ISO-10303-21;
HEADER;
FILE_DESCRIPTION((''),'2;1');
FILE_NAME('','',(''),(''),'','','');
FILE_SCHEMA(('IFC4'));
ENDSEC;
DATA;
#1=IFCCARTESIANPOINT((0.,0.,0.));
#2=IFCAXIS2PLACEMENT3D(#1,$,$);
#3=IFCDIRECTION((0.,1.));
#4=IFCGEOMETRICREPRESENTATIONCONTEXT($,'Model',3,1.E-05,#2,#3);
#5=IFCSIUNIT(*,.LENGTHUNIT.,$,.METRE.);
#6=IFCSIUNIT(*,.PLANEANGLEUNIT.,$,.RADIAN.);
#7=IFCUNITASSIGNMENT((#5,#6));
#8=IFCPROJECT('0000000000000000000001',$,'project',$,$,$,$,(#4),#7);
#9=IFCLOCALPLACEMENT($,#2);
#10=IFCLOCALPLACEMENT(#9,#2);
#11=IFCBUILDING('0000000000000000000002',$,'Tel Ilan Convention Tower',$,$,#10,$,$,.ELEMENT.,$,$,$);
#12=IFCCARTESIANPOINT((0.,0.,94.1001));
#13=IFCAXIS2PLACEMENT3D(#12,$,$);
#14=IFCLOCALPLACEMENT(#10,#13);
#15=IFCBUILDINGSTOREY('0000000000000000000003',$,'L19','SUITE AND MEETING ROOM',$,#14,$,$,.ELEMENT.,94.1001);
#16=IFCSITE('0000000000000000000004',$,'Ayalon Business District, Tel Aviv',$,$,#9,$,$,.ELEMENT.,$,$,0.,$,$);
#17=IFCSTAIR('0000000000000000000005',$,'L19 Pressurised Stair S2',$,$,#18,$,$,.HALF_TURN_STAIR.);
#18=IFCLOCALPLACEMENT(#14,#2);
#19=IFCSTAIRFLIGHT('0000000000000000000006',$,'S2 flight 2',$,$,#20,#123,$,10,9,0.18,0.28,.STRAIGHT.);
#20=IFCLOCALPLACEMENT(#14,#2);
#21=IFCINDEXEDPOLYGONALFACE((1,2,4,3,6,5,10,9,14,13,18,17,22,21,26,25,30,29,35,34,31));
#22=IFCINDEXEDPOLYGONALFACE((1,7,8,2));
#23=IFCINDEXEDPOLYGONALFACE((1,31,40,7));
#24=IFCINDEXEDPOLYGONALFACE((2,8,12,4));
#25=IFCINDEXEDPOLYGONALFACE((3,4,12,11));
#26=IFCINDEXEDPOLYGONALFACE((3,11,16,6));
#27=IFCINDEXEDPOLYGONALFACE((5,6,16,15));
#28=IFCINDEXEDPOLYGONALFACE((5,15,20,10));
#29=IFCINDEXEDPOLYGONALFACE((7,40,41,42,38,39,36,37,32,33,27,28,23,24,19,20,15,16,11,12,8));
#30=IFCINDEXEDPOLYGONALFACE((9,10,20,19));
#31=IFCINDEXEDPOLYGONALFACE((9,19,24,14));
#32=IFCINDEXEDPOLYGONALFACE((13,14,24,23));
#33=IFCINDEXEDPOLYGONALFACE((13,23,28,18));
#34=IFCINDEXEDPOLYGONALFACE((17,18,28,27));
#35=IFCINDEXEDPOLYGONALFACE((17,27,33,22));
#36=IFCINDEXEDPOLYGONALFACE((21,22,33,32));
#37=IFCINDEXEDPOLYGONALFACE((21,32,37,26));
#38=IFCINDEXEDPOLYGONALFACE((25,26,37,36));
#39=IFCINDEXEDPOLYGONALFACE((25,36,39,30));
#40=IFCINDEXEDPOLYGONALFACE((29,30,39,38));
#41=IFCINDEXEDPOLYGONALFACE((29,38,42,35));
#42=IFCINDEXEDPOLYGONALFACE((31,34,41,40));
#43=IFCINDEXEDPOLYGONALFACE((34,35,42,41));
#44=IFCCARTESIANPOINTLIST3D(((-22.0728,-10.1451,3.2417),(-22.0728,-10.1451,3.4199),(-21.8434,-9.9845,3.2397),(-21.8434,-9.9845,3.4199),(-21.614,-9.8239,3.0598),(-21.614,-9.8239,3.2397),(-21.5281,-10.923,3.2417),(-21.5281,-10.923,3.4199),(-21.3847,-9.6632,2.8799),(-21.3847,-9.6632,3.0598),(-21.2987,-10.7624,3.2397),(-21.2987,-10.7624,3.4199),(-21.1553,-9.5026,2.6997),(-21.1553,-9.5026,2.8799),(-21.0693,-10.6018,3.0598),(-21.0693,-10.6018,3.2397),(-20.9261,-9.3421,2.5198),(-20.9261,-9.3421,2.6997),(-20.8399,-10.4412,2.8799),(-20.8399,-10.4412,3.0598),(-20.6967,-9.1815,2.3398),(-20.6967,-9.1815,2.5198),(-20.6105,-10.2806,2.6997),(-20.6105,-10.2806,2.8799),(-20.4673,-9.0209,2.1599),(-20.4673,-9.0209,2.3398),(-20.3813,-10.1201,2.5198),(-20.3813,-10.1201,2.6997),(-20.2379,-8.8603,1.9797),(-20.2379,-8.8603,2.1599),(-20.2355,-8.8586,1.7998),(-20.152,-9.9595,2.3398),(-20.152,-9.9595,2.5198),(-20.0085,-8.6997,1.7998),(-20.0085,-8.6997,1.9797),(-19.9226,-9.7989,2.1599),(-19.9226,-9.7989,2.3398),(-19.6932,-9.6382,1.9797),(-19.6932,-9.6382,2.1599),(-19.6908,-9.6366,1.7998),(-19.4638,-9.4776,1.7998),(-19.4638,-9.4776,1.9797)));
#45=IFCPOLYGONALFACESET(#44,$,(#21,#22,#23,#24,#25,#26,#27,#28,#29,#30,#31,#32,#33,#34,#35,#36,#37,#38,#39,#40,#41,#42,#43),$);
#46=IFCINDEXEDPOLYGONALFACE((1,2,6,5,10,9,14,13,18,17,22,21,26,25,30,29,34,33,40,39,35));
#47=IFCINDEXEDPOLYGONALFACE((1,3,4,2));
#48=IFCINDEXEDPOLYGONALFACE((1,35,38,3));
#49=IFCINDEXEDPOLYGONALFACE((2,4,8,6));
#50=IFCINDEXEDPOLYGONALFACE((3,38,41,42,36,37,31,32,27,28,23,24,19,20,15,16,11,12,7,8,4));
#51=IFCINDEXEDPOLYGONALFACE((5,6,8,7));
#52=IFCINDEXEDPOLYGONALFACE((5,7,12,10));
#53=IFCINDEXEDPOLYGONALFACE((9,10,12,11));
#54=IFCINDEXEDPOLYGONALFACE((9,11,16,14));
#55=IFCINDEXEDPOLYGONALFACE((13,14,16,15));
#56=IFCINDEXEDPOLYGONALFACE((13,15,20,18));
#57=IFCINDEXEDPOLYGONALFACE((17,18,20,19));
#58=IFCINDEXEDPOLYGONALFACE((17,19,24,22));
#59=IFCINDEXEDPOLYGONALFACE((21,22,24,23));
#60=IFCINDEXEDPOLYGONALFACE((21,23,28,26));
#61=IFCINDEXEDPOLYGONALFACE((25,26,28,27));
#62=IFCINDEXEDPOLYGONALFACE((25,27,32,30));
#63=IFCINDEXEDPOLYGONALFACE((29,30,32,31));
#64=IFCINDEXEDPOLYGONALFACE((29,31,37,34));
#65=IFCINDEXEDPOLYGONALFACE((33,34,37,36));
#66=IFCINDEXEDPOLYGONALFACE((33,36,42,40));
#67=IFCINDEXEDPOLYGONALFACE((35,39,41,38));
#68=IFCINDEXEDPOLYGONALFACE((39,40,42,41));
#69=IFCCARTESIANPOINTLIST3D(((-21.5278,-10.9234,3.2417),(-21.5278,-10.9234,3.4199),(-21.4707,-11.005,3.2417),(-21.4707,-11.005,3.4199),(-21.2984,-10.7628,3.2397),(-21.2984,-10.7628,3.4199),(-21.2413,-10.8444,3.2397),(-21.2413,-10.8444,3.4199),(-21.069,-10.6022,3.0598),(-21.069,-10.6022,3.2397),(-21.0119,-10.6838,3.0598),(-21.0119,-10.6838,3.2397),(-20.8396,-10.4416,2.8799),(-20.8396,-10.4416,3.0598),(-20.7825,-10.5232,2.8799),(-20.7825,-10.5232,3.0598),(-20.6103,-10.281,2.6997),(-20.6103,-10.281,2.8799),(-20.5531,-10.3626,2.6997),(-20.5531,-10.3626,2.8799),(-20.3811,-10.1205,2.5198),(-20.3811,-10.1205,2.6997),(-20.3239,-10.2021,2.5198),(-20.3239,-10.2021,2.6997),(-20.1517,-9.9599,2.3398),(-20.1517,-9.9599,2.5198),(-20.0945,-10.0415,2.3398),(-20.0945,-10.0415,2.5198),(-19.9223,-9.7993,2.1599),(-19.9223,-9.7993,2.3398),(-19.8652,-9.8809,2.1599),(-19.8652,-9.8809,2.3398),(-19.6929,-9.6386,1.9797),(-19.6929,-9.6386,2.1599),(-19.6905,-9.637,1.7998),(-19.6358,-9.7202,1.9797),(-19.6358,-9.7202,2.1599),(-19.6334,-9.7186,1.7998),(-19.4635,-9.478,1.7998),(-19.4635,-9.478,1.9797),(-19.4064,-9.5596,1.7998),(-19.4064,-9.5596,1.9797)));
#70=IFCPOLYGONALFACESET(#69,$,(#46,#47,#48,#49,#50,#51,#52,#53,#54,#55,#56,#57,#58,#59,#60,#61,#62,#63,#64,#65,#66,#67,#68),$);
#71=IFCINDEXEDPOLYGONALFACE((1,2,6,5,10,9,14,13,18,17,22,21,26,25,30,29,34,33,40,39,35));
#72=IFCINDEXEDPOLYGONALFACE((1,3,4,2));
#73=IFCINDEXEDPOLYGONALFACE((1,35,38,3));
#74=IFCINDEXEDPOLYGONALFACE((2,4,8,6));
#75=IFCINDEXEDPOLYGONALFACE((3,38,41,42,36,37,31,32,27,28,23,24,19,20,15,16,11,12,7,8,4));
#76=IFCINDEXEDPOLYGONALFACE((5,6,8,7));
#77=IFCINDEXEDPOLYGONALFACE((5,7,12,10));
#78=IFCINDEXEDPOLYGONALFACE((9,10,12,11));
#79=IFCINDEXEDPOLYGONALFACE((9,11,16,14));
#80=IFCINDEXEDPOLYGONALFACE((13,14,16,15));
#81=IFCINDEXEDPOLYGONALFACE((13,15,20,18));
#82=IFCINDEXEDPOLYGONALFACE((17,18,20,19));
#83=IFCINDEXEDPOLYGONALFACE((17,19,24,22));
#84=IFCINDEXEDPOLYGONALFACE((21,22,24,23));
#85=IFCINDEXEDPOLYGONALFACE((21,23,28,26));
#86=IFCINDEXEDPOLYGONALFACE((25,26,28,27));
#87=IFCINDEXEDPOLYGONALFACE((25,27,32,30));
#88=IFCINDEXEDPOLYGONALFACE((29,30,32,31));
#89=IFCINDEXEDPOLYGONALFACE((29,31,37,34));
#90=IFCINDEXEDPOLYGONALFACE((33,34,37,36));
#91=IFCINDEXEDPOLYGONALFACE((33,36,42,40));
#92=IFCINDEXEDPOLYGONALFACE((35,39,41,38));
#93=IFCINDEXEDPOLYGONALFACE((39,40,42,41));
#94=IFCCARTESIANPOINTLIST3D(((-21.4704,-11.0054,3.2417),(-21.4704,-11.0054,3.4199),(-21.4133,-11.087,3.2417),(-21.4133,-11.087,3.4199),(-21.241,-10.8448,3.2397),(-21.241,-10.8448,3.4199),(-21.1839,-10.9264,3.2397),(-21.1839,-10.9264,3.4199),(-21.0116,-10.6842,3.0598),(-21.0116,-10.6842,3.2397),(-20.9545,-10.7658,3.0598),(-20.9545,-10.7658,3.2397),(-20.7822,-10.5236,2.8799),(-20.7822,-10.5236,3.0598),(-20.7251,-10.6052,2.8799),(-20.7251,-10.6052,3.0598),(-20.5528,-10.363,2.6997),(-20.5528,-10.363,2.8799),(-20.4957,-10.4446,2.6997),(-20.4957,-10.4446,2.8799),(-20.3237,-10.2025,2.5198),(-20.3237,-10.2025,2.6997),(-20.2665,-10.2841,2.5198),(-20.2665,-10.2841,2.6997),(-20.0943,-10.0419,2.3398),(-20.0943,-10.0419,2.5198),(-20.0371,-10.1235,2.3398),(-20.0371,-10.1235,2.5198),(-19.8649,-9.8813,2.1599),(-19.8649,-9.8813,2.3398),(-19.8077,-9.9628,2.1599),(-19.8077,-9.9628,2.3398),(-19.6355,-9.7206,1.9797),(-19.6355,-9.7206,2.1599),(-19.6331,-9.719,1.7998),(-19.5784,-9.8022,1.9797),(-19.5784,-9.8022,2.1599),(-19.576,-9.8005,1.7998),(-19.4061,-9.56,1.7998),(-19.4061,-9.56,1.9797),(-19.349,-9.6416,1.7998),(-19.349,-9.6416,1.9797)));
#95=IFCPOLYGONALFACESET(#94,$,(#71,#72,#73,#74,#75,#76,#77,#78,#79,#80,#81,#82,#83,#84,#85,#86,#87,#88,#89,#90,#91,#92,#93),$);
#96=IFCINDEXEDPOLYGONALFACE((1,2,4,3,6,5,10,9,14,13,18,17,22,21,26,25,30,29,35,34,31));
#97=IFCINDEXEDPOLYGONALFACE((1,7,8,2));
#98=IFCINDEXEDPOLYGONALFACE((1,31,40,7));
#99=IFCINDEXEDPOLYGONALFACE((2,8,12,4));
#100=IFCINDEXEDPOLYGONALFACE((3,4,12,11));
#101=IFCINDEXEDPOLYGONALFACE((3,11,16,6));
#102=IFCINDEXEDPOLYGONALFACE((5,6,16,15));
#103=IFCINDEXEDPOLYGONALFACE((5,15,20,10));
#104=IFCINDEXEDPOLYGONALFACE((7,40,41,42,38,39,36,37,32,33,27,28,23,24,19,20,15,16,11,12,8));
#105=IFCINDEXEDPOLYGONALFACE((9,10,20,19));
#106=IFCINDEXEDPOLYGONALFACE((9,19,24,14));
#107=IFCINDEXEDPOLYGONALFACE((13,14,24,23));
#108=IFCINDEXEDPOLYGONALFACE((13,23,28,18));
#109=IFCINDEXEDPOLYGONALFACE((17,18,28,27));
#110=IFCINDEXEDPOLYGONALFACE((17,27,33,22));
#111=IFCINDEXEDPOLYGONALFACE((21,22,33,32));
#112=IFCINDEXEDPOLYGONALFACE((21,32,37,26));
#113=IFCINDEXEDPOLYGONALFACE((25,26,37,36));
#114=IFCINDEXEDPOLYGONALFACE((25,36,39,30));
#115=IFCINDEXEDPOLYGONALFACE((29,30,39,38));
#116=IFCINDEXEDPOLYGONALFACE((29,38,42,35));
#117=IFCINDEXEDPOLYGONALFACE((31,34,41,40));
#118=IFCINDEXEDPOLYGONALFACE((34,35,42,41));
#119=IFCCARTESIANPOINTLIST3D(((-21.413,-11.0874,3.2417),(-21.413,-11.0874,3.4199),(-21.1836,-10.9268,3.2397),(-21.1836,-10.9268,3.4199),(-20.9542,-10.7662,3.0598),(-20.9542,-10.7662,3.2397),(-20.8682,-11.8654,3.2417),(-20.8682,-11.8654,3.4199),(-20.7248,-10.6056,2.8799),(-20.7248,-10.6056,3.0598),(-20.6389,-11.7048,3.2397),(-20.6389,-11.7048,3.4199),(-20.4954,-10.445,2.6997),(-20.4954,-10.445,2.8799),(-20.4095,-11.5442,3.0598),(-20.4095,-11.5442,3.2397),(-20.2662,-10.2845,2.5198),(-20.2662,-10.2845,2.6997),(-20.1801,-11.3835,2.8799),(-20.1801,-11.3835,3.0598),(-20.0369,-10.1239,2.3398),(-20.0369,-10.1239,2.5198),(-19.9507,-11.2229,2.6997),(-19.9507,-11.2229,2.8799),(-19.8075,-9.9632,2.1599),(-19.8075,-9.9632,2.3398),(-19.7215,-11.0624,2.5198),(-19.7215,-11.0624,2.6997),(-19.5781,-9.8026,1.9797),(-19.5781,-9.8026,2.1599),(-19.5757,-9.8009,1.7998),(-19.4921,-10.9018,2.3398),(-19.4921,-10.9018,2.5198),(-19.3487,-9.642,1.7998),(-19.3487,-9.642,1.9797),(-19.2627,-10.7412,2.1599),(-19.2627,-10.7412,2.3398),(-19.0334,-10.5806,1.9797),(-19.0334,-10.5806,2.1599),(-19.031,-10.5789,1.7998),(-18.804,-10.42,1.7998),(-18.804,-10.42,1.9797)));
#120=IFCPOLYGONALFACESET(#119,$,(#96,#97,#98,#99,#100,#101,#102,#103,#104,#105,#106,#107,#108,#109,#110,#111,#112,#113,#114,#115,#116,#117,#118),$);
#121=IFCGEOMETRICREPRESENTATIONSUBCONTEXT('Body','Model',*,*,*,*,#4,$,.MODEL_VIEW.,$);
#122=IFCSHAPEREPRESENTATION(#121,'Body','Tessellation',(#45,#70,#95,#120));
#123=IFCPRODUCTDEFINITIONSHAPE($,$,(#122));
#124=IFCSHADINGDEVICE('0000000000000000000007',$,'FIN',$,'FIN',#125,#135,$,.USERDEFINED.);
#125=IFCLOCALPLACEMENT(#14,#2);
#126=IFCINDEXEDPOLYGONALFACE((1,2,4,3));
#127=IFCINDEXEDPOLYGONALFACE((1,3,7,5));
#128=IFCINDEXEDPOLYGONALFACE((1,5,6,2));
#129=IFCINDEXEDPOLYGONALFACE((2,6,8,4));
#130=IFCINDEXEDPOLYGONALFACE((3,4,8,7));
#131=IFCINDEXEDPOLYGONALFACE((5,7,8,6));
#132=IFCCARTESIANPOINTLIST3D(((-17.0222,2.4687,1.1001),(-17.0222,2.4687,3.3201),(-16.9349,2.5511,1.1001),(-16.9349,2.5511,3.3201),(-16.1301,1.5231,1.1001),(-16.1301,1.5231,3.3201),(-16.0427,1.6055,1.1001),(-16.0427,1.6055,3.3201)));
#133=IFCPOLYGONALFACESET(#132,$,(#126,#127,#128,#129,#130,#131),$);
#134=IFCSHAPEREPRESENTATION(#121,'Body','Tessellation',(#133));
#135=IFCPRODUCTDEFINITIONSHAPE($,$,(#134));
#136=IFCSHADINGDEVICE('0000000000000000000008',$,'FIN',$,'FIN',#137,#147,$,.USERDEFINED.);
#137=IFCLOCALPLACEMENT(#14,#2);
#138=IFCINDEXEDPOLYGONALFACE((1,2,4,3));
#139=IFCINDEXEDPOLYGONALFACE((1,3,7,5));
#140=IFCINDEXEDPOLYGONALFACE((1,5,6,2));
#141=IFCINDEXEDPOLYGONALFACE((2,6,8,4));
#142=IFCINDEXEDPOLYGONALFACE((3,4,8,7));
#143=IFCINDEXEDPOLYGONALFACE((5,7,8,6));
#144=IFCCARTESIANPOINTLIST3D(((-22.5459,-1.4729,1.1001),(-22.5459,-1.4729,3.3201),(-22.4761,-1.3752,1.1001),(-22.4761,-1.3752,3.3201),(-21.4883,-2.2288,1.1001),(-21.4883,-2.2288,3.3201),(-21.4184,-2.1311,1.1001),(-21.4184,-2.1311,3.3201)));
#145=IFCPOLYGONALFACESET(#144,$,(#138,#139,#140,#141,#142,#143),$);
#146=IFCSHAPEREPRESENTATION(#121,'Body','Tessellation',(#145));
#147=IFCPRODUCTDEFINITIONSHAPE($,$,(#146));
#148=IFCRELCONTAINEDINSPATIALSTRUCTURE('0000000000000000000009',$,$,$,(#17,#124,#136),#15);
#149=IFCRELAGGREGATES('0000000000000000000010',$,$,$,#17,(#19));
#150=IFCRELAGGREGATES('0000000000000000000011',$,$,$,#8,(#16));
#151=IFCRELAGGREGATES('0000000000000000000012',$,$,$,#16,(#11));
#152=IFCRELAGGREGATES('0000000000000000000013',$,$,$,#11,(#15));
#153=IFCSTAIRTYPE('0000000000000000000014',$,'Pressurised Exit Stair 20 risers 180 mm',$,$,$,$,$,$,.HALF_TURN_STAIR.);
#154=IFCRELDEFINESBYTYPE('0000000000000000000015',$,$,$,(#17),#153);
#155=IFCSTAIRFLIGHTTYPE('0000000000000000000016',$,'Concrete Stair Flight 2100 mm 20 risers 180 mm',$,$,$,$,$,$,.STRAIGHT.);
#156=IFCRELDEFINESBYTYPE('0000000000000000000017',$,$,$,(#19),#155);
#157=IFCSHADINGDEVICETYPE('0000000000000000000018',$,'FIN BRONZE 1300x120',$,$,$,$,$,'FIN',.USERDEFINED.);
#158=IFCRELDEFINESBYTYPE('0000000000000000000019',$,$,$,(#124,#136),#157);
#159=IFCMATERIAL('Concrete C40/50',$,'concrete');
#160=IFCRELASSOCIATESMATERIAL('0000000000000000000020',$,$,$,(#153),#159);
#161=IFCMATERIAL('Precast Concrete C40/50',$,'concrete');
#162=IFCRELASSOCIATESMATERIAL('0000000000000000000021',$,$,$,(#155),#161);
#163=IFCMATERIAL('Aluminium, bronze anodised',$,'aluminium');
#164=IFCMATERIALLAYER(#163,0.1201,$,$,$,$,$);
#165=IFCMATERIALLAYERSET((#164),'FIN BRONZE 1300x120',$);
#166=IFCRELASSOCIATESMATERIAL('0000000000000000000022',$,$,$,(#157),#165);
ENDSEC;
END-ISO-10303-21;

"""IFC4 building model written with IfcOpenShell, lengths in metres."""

from ifc_helpers import new_model, si_unit, direction, frame, origin, origin_2d, place, context, subcontext, project, spatial, polyline, rectangle, outline, extrude, material, layer, layer_set, type_object, element, aggregate, save


model = new_model("IFC4")

# Units and contexts
model_context = context("Model", 3, precision=1e-05, world=origin(), true_north=direction((0.0, 1.0)))
body_context = subcontext(model_context, "Body", "Model", "MODEL_VIEW")
ifc_project = project(units=[si_unit("LENGTHUNIT", "METRE"), si_unit("PLANEANGLEUNIT", "RADIAN")], contexts=[model_context])

# Site, building, storey
site_placement = place(None, origin())
site = spatial("IfcSite", under=ifc_project, at=site_placement, Name="Ayalon Business District, Tel Aviv", CompositionType="ELEMENT", RefElevation=0.0)
building_placement = place(site_placement, origin())
building = spatial("IfcBuilding", under=site, at=building_placement, Name="Tel Ilan Convention Tower", CompositionType="ELEMENT")
storey_placement = place(building_placement, frame((0.0, 0.0, 94.1001)))
storey = spatial("IfcBuildingStorey", under=building, at=storey_placement, Name="L19", Description="SUITE AND MEETING ROOM", CompositionType="ELEMENT", Elevation=94.1001)

# Shared definitions
ifc_material_1 = material(Name="Concrete C40/50", Category="concrete")
stair_type = type_object("IfcStairType", Name="Pressurised Exit Stair 20 risers 180 mm", PredefinedType="HALF_TURN_STAIR", material=ifc_material_1)
ifc_material_2 = material(Name="Precast Concrete C40/50", Category="concrete")
stair_flight_type = type_object("IfcStairFlightType", Name="Concrete Stair Flight 2100 mm 20 risers 180 mm", PredefinedType="STRAIGHT", material=ifc_material_2)

# Stair, stair flight
stair_1_placement = place(storey_placement, origin())
stair_1 = element("IfcStair", 1, at=stair_1_placement, inside=storey, type_object=stair_type, Name="L19 Pressurised Stair S2", PredefinedType="HALF_TURN_STAIR")
stair_flight_1_placement = place(storey_placement, frame((-19.4062, -9.5598, 1.7998), z_axis=(0.0, 0.0, 1.0), x_axis=(-0.819152, -0.573576, 0.0)))
stair_flight_1 = element("IfcStairFlight", 2, at=stair_flight_1_placement, type_object=stair_flight_type, Name="S2 flight 2", NumberOfRisers=10, NumberOfTreads=9, PredefinedType="STRAIGHT", RiserHeight=0.18, TreadLength=0.28, context=body_context, shape_type="SweptSolid", body=[
    extrude(outline(polyline([(0.0, 0.0), (0.0, 0.1799), (0.28, 0.1799), (0.28, 0.3601), (0.5601, 0.3601), (0.5601, 0.54), (0.8401, 0.54), (0.8401, 0.72), (1.1201, 0.72), (1.1201, 0.8999), (1.3999, 0.8999), (1.3999, 1.0801), (1.6799, 1.0801), (1.6799, 1.26), (1.96, 1.26), (1.96, 1.4399), (2.24, 1.4399), (2.24, 1.6201), (2.52, 1.6201), (2.52, 1.8), (2.52, 1.4419), (0.2771, 0.0), (0.0, 0.0)])), frame((0.0, -0.1003, 0.0), z_axis=(0.0, -1.0, 0.0), x_axis=(1.0, 0.0, 0.0)), (0.0, 0.0, 1.0), 0.9497),
    extrude(outline(polyline([(0.0, 0.0), (0.0, 0.1799), (0.28, 0.1799), (0.28, 0.3601), (0.5601, 0.3601), (0.5601, 0.54), (0.8401, 0.54), (0.8401, 0.72), (1.1201, 0.72), (1.1201, 0.8999), (1.3999, 0.8999), (1.3999, 1.0801), (1.6799, 1.0801), (1.6799, 1.26), (1.96, 1.26), (1.96, 1.4399), (2.24, 1.4399), (2.24, 1.6201), (2.52, 1.6201), (2.52, 1.8), (2.52, 1.4419), (0.2771, 0.0), (0.0, 0.0)])), frame((0.0, -0.0002, 0.0), z_axis=(0.0, -1.0, 0.0), x_axis=(1.0, 0.0, 0.0)), (0.0, 0.0, 1.0), 0.0996),
    extrude(outline(polyline([(0.0, 0.0), (0.0, 0.1799), (0.28, 0.1799), (0.28, 0.3601), (0.5601, 0.3601), (0.5601, 0.54), (0.8401, 0.54), (0.8401, 0.72), (1.1201, 0.72), (1.1201, 0.8999), (1.3999, 0.8999), (1.3999, 1.0801), (1.6799, 1.0801), (1.6799, 1.26), (1.96, 1.26), (1.96, 1.4399), (2.24, 1.4399), (2.24, 1.6201), (2.52, 1.6201), (2.52, 1.8), (2.52, 1.4419), (0.2771, 0.0), (0.0, 0.0)])), frame((0.0, 0.0999, 0.0), z_axis=(0.0, -1.0, 0.0), x_axis=(1.0, 0.0, 0.0)), (0.0, 0.0, 1.0), 0.0996),
    extrude(outline(polyline([(0.0, 0.0), (0.0, 0.1799), (0.28, 0.1799), (0.28, 0.3601), (0.5601, 0.3601), (0.5601, 0.54), (0.8401, 0.54), (0.8401, 0.72), (1.1201, 0.72), (1.1201, 0.8999), (1.3999, 0.8999), (1.3999, 1.0801), (1.6799, 1.0801), (1.6799, 1.26), (1.96, 1.26), (1.96, 1.4399), (2.24, 1.4399), (2.24, 1.6201), (2.52, 1.6201), (2.52, 1.8), (2.52, 1.4419), (0.2771, 0.0), (0.0, 0.0)])), frame((0.0, 1.05, 0.0), z_axis=(0.0, -1.0, 0.0), x_axis=(1.0, 0.0, 0.0)), (0.0, 0.0, 1.0), 0.9497),
])
aggregate(stair_1, [stair_flight_1])

# Shading devices
ifc_material_3 = material(Name="Aluminium, bronze anodised", Category="aluminium")
ifc_layer_1 = layer(ifc_material_3, 0.1201)
ifc_layer_set_1 = layer_set([ifc_layer_1], Name="FIN BRONZE 1300x120")
shading_device_type = type_object("IfcShadingDeviceType", Name="FIN BRONZE 1300x120", ElementType="FIN", PredefinedType="USERDEFINED", material=ifc_layer_set_1)
for number, where, z_axis, x_axis, name in (
    (3, (-16.5325, 2.0371, 1.1001), (0.0, 0.0, 1.0), (-0.686242, 0.727374, 0.0), "FIN"),
    (4, (-21.9822, -1.802, 1.1001), (0.0, 0.0, 1.0), (-0.813552, 0.581492, 0.0), "FIN"),
):
    element("IfcShadingDevice", number, at=place(storey_placement, frame(where, z_axis=z_axis, x_axis=x_axis)), inside=storey, type_object=shading_device_type, Name=name, ObjectType="FIN", PredefinedType="USERDEFINED", context=body_context, shape_type="SweptSolid", body=[
        extrude(rectangle(XDim=1.3, YDim=0.1201, at=origin_2d()), origin(), (0.0, 0.0, 1.0), 2.22),
    ])

save(model, "model.ifc")
